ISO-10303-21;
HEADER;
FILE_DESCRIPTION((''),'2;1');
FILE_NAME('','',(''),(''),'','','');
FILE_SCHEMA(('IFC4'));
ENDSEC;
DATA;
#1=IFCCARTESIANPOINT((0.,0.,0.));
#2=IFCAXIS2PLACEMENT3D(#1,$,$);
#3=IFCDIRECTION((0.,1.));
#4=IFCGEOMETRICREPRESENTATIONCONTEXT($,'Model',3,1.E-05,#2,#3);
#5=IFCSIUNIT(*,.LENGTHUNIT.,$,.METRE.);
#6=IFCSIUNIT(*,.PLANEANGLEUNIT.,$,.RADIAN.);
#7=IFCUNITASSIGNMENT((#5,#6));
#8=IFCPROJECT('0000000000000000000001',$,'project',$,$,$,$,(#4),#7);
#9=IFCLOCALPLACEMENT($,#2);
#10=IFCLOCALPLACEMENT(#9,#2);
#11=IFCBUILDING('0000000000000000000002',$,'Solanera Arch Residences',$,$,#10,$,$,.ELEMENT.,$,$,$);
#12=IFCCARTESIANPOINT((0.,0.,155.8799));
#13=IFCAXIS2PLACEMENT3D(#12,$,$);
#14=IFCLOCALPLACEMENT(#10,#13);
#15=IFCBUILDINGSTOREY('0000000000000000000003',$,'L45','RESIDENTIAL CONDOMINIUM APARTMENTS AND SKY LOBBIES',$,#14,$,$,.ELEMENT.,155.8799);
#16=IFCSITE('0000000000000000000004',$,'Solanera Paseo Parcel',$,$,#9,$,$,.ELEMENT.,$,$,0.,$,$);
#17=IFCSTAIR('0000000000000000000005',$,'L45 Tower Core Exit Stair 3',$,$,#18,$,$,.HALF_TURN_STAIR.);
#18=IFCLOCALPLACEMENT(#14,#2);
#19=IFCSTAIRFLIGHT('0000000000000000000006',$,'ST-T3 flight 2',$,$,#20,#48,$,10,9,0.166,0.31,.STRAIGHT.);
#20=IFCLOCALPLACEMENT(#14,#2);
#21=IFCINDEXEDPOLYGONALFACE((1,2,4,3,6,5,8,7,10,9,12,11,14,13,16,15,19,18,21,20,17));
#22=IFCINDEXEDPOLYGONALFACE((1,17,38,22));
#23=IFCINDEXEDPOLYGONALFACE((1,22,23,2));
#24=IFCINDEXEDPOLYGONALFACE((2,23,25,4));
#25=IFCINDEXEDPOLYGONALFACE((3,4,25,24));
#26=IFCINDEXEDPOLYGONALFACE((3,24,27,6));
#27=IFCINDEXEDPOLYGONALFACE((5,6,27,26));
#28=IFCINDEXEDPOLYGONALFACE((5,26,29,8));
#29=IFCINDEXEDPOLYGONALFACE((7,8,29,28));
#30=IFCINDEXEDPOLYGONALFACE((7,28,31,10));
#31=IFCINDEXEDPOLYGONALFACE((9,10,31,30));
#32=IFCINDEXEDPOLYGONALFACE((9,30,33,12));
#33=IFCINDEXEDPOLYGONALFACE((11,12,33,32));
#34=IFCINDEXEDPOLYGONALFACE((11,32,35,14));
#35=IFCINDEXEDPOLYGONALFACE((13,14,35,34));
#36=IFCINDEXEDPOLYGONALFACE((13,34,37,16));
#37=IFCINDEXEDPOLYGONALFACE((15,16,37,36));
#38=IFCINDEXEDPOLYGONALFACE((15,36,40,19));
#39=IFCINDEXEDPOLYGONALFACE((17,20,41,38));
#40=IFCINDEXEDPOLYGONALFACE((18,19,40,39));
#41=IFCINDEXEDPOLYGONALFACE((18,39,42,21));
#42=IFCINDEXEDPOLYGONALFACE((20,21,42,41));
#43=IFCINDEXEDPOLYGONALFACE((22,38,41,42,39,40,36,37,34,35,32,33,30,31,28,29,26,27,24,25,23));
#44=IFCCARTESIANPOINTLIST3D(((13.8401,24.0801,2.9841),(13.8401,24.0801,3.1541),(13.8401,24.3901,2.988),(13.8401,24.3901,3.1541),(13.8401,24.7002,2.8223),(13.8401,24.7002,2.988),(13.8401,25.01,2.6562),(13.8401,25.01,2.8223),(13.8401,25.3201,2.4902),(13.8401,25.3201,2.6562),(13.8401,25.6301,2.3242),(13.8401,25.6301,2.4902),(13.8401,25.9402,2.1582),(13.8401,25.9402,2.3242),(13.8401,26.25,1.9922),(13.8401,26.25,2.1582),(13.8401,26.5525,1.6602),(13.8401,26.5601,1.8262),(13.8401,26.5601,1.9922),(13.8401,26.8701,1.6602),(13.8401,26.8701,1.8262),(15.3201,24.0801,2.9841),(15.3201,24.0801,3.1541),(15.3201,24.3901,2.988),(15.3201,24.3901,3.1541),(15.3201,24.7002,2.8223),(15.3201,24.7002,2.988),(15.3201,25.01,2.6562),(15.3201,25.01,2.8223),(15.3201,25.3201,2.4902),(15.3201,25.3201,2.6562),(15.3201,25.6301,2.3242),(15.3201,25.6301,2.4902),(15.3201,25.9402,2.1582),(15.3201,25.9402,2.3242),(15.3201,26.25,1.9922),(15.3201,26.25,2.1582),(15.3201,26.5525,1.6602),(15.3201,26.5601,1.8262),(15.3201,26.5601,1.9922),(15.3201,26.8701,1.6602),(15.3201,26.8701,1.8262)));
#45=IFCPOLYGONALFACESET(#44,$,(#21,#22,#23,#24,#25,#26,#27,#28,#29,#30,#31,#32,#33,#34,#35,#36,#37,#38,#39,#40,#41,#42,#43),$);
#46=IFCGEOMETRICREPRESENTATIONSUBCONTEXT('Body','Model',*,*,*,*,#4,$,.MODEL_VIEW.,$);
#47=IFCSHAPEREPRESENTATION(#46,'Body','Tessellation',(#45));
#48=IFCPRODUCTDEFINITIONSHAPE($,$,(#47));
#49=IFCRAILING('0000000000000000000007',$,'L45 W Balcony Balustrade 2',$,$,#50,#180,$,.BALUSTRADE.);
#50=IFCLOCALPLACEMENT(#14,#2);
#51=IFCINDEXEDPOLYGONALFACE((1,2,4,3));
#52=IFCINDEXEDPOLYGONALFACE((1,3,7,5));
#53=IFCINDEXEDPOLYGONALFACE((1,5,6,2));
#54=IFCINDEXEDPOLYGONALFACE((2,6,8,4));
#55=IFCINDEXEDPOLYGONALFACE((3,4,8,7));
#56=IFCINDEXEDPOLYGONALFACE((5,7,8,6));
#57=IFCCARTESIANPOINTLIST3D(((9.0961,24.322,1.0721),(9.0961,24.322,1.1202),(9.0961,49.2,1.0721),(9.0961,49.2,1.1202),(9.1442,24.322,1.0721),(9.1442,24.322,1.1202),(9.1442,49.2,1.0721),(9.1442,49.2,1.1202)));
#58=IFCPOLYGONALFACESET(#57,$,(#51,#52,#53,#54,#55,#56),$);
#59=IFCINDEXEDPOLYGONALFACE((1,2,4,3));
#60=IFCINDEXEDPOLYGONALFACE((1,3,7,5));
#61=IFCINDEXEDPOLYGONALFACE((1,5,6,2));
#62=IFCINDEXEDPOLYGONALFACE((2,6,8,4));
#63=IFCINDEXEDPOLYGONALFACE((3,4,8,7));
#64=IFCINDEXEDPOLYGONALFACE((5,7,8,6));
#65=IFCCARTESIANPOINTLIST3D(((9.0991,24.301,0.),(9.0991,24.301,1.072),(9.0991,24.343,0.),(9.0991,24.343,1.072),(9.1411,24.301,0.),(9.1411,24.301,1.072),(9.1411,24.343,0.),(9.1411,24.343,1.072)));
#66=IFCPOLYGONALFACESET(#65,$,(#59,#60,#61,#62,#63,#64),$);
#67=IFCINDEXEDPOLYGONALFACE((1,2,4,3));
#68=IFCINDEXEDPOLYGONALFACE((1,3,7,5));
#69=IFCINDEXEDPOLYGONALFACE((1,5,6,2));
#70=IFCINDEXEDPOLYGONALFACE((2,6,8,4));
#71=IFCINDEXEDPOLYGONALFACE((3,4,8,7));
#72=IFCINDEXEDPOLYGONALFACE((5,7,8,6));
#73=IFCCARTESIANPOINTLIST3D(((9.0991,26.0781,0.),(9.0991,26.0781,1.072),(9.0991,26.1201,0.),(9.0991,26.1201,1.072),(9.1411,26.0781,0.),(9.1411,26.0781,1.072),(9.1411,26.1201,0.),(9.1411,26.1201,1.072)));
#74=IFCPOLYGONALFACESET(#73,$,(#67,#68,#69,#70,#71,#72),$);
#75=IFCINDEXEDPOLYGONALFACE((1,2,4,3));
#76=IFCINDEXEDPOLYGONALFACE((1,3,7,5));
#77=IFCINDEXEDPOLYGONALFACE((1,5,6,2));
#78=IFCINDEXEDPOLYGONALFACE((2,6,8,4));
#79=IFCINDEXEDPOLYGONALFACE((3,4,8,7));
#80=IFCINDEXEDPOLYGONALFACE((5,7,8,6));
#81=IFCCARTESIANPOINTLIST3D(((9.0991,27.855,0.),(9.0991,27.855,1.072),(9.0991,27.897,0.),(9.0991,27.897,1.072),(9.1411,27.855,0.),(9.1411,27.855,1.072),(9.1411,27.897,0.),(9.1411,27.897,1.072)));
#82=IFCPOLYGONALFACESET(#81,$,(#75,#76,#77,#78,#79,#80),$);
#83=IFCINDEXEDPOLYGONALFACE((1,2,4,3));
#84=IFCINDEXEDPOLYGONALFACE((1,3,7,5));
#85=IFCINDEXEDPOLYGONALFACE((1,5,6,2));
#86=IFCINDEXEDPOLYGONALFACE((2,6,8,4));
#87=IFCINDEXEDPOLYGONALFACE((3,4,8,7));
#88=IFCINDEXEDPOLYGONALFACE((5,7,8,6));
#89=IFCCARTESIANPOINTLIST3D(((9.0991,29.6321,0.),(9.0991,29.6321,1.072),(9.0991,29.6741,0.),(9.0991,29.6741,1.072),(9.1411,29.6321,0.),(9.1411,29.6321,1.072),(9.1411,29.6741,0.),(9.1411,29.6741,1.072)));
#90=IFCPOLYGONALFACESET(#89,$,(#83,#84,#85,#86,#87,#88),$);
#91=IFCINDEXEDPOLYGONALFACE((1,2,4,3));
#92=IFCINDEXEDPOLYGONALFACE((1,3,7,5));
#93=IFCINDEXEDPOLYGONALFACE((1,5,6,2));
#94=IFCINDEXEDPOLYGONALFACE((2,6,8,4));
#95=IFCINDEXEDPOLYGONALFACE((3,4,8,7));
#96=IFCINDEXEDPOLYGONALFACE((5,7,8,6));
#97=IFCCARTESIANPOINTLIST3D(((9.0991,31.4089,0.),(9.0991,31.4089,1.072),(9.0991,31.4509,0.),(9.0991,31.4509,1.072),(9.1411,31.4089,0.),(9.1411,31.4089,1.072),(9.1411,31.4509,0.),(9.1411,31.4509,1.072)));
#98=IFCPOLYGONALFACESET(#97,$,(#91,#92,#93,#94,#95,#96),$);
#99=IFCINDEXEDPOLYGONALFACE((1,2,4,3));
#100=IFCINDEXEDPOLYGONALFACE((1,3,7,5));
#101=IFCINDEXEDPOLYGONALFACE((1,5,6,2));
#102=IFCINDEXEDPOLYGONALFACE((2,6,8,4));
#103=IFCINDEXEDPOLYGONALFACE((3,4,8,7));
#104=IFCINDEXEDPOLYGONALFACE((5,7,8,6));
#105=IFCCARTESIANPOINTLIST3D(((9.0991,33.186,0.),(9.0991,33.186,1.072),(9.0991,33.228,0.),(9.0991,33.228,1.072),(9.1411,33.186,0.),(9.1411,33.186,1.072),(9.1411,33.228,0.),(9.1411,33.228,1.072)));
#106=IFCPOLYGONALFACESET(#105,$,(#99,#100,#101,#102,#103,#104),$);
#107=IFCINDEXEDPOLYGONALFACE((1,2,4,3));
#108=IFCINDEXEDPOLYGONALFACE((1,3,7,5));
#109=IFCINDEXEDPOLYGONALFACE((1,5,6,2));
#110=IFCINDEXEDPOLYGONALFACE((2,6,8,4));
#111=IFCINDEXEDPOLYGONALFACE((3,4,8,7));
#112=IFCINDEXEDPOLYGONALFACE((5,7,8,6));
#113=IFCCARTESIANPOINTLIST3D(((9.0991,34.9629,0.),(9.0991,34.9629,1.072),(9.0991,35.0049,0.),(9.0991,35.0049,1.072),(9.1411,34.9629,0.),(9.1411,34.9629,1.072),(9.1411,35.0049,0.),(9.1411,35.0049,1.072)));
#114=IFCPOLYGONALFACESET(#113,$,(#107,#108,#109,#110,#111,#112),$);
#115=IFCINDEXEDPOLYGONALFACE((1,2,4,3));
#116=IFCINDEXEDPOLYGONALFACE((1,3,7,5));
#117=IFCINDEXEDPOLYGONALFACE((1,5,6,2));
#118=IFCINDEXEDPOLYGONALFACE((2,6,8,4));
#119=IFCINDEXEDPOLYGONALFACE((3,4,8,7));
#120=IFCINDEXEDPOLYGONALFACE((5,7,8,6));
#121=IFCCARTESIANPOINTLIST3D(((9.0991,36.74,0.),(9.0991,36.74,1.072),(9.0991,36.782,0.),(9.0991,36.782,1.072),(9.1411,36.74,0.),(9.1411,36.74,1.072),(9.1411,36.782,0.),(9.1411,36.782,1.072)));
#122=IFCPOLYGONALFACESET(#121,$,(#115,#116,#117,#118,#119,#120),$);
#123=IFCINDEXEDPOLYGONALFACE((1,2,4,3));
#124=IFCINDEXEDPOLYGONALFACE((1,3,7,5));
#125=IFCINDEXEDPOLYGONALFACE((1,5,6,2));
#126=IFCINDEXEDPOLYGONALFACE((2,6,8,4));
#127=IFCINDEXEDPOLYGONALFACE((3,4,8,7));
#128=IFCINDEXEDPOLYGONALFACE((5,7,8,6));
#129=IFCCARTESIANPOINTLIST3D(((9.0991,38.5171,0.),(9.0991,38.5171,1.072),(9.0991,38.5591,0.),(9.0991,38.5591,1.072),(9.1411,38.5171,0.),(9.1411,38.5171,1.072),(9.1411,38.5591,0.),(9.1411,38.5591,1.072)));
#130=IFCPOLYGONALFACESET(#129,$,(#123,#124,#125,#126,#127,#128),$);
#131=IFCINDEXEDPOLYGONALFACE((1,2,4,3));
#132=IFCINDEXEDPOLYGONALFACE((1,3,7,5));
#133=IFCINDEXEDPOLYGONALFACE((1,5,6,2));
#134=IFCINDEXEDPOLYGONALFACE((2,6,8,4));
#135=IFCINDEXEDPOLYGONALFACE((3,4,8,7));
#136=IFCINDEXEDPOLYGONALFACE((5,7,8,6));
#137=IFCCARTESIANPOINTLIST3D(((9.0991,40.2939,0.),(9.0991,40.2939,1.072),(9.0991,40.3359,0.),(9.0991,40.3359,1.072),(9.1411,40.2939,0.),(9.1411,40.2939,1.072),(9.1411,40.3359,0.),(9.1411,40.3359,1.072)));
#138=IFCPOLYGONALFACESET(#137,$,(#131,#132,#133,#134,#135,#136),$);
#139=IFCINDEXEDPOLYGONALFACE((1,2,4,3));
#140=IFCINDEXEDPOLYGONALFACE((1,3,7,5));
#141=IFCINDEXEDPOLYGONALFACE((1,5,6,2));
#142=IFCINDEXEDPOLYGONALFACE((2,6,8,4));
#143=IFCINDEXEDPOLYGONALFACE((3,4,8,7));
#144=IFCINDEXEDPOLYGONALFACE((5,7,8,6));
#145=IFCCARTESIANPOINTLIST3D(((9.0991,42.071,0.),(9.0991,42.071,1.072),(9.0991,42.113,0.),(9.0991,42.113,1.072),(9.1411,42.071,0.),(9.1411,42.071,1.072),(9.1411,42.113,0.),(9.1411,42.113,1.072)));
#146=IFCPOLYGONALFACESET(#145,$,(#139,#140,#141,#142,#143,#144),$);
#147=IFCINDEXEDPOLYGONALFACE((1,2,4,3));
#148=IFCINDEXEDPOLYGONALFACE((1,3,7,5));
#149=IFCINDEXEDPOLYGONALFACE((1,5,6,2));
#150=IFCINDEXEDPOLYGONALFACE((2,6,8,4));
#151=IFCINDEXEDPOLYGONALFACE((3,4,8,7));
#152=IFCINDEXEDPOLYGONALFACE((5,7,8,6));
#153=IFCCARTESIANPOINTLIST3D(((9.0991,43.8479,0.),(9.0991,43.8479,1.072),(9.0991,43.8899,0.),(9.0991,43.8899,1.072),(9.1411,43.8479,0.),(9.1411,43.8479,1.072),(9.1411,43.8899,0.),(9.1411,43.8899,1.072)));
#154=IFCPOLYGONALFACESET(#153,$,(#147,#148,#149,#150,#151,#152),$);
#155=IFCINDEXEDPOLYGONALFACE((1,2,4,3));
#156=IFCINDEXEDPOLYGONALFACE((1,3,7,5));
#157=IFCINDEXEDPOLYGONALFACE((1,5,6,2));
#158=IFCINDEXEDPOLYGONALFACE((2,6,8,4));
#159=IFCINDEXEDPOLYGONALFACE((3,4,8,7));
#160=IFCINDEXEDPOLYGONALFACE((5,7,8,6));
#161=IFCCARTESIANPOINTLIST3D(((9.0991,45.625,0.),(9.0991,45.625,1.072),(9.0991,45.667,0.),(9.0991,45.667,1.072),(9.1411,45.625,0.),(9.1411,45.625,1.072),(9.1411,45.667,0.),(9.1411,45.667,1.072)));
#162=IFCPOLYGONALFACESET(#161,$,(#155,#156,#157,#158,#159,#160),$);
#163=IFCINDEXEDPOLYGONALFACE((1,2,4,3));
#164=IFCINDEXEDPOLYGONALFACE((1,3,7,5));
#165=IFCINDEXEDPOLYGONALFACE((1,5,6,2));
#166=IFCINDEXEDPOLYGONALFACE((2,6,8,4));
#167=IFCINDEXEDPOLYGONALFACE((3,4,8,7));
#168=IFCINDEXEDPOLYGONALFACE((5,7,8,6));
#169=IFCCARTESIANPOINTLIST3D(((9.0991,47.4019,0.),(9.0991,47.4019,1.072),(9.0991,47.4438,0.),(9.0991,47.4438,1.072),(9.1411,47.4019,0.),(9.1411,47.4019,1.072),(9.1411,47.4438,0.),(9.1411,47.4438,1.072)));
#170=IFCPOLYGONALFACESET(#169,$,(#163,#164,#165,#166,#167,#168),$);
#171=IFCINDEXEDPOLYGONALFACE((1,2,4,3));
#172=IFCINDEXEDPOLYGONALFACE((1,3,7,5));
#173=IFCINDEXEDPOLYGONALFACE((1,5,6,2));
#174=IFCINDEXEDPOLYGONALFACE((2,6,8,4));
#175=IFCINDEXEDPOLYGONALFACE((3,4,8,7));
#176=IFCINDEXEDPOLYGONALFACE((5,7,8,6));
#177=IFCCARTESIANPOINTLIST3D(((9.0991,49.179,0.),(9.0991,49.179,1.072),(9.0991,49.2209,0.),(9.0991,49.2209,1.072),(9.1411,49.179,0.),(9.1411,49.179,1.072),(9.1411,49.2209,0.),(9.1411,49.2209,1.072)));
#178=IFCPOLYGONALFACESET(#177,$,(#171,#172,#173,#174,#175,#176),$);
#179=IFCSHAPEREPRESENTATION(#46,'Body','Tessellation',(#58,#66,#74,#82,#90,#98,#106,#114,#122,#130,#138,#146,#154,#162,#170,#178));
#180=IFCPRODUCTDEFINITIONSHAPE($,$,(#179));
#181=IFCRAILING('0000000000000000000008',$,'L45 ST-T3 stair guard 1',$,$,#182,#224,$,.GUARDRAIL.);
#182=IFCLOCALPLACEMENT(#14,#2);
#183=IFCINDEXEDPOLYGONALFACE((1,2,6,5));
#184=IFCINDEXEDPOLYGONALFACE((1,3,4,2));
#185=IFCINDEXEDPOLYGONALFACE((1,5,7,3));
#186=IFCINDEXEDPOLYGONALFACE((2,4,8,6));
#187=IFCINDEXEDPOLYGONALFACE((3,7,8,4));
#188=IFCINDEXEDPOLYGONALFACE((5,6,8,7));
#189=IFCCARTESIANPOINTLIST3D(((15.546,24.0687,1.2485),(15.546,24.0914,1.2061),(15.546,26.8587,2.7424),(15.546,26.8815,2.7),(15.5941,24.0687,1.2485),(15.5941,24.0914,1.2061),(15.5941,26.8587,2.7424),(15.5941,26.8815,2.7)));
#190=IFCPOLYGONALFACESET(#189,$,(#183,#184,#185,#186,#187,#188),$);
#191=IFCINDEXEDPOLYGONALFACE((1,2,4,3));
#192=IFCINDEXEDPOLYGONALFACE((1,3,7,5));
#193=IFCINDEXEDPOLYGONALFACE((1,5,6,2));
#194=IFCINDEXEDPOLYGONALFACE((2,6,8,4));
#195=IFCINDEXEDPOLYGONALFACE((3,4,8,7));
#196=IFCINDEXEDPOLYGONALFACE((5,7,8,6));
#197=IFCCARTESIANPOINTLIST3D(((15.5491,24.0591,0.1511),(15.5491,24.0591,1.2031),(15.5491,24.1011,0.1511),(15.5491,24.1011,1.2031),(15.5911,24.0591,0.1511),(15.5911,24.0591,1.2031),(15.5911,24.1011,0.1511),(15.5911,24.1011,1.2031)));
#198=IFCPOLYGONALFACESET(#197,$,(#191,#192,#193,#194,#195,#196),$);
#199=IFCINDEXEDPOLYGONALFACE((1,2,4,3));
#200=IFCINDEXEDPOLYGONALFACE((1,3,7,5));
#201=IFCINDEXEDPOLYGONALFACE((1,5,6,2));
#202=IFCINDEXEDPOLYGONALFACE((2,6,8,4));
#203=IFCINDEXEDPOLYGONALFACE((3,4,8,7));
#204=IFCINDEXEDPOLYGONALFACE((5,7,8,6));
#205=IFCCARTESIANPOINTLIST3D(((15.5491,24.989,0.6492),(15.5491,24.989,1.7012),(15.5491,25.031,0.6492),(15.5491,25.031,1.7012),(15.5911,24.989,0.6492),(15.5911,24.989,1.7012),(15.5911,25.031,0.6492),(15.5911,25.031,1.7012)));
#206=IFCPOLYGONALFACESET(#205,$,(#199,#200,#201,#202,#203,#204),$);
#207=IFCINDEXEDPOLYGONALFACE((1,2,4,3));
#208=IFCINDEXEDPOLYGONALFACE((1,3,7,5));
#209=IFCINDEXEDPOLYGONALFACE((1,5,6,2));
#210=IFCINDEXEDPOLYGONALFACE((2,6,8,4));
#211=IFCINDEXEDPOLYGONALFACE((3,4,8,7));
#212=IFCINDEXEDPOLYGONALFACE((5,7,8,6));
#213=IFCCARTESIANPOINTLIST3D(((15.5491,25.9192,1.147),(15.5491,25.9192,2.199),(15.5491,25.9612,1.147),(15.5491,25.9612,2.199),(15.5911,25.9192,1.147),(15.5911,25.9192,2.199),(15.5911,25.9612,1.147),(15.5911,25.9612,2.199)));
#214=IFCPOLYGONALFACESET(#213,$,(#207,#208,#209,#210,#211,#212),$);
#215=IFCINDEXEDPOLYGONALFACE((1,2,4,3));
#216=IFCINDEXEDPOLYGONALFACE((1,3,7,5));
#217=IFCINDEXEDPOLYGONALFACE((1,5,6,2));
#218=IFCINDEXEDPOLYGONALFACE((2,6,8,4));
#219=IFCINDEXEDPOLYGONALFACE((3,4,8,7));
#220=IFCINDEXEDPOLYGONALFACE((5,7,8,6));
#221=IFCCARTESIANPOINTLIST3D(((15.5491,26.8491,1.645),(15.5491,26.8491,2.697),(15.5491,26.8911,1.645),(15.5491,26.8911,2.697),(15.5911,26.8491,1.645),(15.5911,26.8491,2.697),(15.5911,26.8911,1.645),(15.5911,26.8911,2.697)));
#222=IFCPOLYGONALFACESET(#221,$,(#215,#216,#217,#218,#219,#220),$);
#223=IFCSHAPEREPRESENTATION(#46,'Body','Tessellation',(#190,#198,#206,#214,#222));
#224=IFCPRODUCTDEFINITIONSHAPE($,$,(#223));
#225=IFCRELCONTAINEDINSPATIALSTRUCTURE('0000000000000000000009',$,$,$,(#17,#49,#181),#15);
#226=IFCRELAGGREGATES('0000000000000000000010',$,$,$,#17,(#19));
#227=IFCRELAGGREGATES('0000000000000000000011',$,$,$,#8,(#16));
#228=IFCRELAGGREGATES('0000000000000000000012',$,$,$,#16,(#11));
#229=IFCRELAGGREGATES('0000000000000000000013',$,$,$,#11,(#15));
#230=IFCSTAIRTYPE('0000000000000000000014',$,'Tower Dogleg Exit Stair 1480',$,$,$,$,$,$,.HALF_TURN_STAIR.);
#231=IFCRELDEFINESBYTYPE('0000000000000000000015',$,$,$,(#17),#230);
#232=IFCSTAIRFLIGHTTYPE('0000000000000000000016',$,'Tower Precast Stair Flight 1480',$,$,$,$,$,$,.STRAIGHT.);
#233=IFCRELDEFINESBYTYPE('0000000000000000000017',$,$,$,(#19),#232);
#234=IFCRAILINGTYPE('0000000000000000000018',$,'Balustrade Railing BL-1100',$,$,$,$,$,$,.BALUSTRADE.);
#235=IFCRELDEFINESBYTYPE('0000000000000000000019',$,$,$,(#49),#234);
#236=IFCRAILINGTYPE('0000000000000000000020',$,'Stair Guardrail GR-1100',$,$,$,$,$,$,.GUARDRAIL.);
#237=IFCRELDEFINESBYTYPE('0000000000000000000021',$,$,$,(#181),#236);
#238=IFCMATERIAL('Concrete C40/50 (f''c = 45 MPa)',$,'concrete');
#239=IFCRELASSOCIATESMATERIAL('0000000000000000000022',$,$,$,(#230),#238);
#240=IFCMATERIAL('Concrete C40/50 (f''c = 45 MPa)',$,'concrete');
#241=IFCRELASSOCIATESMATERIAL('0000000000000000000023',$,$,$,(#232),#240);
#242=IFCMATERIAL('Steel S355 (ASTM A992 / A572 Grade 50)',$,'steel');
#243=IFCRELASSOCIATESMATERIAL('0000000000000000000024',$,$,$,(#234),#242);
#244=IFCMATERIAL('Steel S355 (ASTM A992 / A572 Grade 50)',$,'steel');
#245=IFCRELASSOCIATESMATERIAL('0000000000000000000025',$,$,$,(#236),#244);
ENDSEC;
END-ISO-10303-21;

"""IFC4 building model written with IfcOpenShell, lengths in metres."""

from ifc_helpers import new_model, si_unit, direction, frame, origin, origin_2d, place, context, subcontext, project, spatial, polyline, rectangle, outline, extrude, material, type_object, element, aggregate, save


model = new_model("IFC4")

# Units and contexts
model_context = context("Model", 3, precision=1e-05, world=origin(), true_north=direction((0.0, 1.0)))
body_context = subcontext(model_context, "Body", "Model", "MODEL_VIEW")
ifc_project = project(units=[si_unit("LENGTHUNIT", "METRE"), si_unit("PLANEANGLEUNIT", "RADIAN")], contexts=[model_context])

# Site, building, storey
site_placement = place(None, origin())
site = spatial("IfcSite", under=ifc_project, at=site_placement, Name="Solanera Paseo Parcel", CompositionType="ELEMENT", RefElevation=0.0)
building_placement = place(site_placement, origin())
building = spatial("IfcBuilding", under=site, at=building_placement, Name="Solanera Arch Residences", CompositionType="ELEMENT")
storey_placement = place(building_placement, frame((0.0, 0.0, 155.8799)))
storey = spatial("IfcBuildingStorey", under=building, at=storey_placement, Name="L45", Description="RESIDENTIAL CONDOMINIUM APARTMENTS AND SKY LOBBIES", CompositionType="ELEMENT", Elevation=155.8799)

# Stair, stair flight
ifc_material_1 = material(Name="Concrete C40/50 (f'c = 45 MPa)", Category="concrete")
stair_type = type_object("IfcStairType", Name="Tower Dogleg Exit Stair 1480", PredefinedType="HALF_TURN_STAIR", material=ifc_material_1)
stair_placement = place(storey_placement, origin())
stair = element("IfcStair", 1, at=stair_placement, inside=storey, type_object=stair_type, Name="L45 Tower Core Exit Stair 3", PredefinedType="HALF_TURN_STAIR")
ifc_material_2 = material(Name="Concrete C40/50 (f'c = 45 MPa)", Category="concrete")
stair_flight_type = type_object("IfcStairFlightType", Name="Tower Precast Stair Flight 1480", PredefinedType="STRAIGHT", material=ifc_material_2)
stair_flight_1_placement = place(storey_placement, frame((14.5801, 26.8701, 1.6602), z_axis=(0.0, 0.0, 1.0), x_axis=(0.0, -1.0, 0.0)))
stair_flight_1 = element("IfcStairFlight", 2, at=stair_flight_1_placement, type_object=stair_flight_type, Name="ST-T3 flight 2", NumberOfRisers=10, NumberOfTreads=9, PredefinedType="STRAIGHT", RiserHeight=0.166, TreadLength=0.31, context=body_context, shape_type="SweptSolid", body=[
    extrude(outline(polyline([(0.0, 0.0), (0.0, 0.166), (0.3101, 0.166), (0.3101, 0.332), (0.6201, 0.332), (0.6201, 0.498), (0.9299, 0.498), (0.9299, 0.6641), (1.24, 0.6641), (1.24, 0.8301), (1.55, 0.8301), (1.55, 0.9961), (1.8601, 0.9961), (1.8601, 1.1621), (2.1699, 1.1621), (2.1699, 1.3279), (2.48, 1.3279), (2.48, 1.4939), (2.79, 1.4939), (2.79, 1.6599), (2.79, 1.324), (0.3176, 0.0), (0.0, 0.0)])), frame((0.0, 0.74, 0.0), z_axis=(0.0, -1.0, 0.0), x_axis=(1.0, 0.0, 0.0)), (0.0, 0.0, 1.0), 1.48),
])
aggregate(stair, [stair_flight_1])

# Railings
ifc_material_3 = material(Name="Steel S355 (ASTM A992 / A572 Grade 50)", Category="steel")
railing_type_1 = type_object("IfcRailingType", Name="Balustrade Railing BL-1100", PredefinedType="BALUSTRADE", material=ifc_material_3)
railing_1_placement = place(storey_placement, frame((9.1201, 24.322, 0.0)))
element("IfcRailing", 3, at=railing_1_placement, inside=storey, type_object=railing_type_1, Name="L45 W Balcony Balustrade 2", PredefinedType="BALUSTRADE", context=body_context, shape_type="SweptSolid", body=[
    extrude(rectangle(XDim=0.0481, YDim=0.0481, at=origin_2d()), frame((0.0, 0.0, 1.0962), z_axis=(0.0, 1.0, 0.0), x_axis=(-1.0, 0.0, 0.0)), (0.0, 0.0, 1.0), 24.8779),
    extrude(rectangle(XDim=0.042, YDim=0.042, at=origin_2d()), origin(), (0.0, 0.0, 1.0), 1.072),
    extrude(rectangle(XDim=0.042, YDim=0.042, at=origin_2d()), frame((0.0, 1.7771, 0.0)), (0.0, 0.0, 1.0), 1.072),
    extrude(rectangle(XDim=0.042, YDim=0.042, at=origin_2d()), frame((0.0, 3.554, 0.0)), (0.0, 0.0, 1.0), 1.072),
    extrude(rectangle(XDim=0.042, YDim=0.042, at=origin_2d()), frame((0.0, 5.3311, 0.0)), (0.0, 0.0, 1.0), 1.072),
    extrude(rectangle(XDim=0.042, YDim=0.042, at=origin_2d()), frame((0.0, 7.1079, 0.0)), (0.0, 0.0, 1.0), 1.072),
    extrude(rectangle(XDim=0.042, YDim=0.042, at=origin_2d()), frame((0.0, 8.885, 0.0)), (0.0, 0.0, 1.0), 1.072),
    extrude(rectangle(XDim=0.042, YDim=0.042, at=origin_2d()), frame((0.0, 10.6619, 0.0)), (0.0, 0.0, 1.0), 1.072),
    extrude(rectangle(XDim=0.042, YDim=0.042, at=origin_2d()), frame((0.0, 12.439, 0.0)), (0.0, 0.0, 1.0), 1.072),
    extrude(rectangle(XDim=0.042, YDim=0.042, at=origin_2d()), frame((0.0, 14.2161, 0.0)), (0.0, 0.0, 1.0), 1.072),
    extrude(rectangle(XDim=0.042, YDim=0.042, at=origin_2d()), frame((0.0, 15.9929, 0.0)), (0.0, 0.0, 1.0), 1.072),
    extrude(rectangle(XDim=0.042, YDim=0.042, at=origin_2d()), frame((0.0, 17.77, 0.0)), (0.0, 0.0, 1.0), 1.072),
    extrude(rectangle(XDim=0.042, YDim=0.042, at=origin_2d()), frame((0.0, 19.5469, 0.0)), (0.0, 0.0, 1.0), 1.072),
    extrude(rectangle(XDim=0.042, YDim=0.042, at=origin_2d()), frame((0.0, 21.324, 0.0)), (0.0, 0.0, 1.0), 1.072),
    extrude(rectangle(XDim=0.042, YDim=0.042, at=origin_2d()), frame((0.0, 23.1008, 0.0)), (0.0, 0.0, 1.0), 1.072),
    extrude(rectangle(XDim=0.042, YDim=0.042, at=origin_2d()), frame((0.0, 24.8779, 0.0)), (0.0, 0.0, 1.0), 1.072),
])
ifc_material_4 = material(Name="Steel S355 (ASTM A992 / A572 Grade 50)", Category="steel")
railing_type_2 = type_object("IfcRailingType", Name="Stair Guardrail GR-1100", PredefinedType="GUARDRAIL", material=ifc_material_4)
railing_2_placement = place(storey_placement, frame((15.5701, 24.0801, 0.1511)))
element("IfcRailing", 4, at=railing_2_placement, inside=storey, type_object=railing_type_2, Name="L45 ST-T3 stair guard 1", PredefinedType="GUARDRAIL", context=body_context, shape_type="SweptSolid", body=[
    extrude(rectangle(XDim=0.0481, YDim=0.0481, at=origin_2d()), frame((0.0, 0.0, 1.0762), z_axis=(0.0, 0.881581, 0.472033), x_axis=(-1.0, 0.0, 0.0)), (0.0, 0.0, 1.0), 3.1648),
    extrude(rectangle(XDim=0.042, YDim=0.042, at=origin_2d()), origin(), (0.0, 0.0, 1.0), 1.052),
    extrude(rectangle(XDim=0.042, YDim=0.042, at=origin_2d()), frame((0.0, 0.9299, 0.498)), (0.0, 0.0, 1.0), 1.052),
    extrude(rectangle(XDim=0.042, YDim=0.042, at=origin_2d()), frame((0.0, 1.8601, 0.9958)), (0.0, 0.0, 1.0), 1.052),
    extrude(rectangle(XDim=0.042, YDim=0.042, at=origin_2d()), frame((0.0, 2.79, 1.4939)), (0.0, 0.0, 1.0), 1.052),
])

save(model, "model.ifc")
